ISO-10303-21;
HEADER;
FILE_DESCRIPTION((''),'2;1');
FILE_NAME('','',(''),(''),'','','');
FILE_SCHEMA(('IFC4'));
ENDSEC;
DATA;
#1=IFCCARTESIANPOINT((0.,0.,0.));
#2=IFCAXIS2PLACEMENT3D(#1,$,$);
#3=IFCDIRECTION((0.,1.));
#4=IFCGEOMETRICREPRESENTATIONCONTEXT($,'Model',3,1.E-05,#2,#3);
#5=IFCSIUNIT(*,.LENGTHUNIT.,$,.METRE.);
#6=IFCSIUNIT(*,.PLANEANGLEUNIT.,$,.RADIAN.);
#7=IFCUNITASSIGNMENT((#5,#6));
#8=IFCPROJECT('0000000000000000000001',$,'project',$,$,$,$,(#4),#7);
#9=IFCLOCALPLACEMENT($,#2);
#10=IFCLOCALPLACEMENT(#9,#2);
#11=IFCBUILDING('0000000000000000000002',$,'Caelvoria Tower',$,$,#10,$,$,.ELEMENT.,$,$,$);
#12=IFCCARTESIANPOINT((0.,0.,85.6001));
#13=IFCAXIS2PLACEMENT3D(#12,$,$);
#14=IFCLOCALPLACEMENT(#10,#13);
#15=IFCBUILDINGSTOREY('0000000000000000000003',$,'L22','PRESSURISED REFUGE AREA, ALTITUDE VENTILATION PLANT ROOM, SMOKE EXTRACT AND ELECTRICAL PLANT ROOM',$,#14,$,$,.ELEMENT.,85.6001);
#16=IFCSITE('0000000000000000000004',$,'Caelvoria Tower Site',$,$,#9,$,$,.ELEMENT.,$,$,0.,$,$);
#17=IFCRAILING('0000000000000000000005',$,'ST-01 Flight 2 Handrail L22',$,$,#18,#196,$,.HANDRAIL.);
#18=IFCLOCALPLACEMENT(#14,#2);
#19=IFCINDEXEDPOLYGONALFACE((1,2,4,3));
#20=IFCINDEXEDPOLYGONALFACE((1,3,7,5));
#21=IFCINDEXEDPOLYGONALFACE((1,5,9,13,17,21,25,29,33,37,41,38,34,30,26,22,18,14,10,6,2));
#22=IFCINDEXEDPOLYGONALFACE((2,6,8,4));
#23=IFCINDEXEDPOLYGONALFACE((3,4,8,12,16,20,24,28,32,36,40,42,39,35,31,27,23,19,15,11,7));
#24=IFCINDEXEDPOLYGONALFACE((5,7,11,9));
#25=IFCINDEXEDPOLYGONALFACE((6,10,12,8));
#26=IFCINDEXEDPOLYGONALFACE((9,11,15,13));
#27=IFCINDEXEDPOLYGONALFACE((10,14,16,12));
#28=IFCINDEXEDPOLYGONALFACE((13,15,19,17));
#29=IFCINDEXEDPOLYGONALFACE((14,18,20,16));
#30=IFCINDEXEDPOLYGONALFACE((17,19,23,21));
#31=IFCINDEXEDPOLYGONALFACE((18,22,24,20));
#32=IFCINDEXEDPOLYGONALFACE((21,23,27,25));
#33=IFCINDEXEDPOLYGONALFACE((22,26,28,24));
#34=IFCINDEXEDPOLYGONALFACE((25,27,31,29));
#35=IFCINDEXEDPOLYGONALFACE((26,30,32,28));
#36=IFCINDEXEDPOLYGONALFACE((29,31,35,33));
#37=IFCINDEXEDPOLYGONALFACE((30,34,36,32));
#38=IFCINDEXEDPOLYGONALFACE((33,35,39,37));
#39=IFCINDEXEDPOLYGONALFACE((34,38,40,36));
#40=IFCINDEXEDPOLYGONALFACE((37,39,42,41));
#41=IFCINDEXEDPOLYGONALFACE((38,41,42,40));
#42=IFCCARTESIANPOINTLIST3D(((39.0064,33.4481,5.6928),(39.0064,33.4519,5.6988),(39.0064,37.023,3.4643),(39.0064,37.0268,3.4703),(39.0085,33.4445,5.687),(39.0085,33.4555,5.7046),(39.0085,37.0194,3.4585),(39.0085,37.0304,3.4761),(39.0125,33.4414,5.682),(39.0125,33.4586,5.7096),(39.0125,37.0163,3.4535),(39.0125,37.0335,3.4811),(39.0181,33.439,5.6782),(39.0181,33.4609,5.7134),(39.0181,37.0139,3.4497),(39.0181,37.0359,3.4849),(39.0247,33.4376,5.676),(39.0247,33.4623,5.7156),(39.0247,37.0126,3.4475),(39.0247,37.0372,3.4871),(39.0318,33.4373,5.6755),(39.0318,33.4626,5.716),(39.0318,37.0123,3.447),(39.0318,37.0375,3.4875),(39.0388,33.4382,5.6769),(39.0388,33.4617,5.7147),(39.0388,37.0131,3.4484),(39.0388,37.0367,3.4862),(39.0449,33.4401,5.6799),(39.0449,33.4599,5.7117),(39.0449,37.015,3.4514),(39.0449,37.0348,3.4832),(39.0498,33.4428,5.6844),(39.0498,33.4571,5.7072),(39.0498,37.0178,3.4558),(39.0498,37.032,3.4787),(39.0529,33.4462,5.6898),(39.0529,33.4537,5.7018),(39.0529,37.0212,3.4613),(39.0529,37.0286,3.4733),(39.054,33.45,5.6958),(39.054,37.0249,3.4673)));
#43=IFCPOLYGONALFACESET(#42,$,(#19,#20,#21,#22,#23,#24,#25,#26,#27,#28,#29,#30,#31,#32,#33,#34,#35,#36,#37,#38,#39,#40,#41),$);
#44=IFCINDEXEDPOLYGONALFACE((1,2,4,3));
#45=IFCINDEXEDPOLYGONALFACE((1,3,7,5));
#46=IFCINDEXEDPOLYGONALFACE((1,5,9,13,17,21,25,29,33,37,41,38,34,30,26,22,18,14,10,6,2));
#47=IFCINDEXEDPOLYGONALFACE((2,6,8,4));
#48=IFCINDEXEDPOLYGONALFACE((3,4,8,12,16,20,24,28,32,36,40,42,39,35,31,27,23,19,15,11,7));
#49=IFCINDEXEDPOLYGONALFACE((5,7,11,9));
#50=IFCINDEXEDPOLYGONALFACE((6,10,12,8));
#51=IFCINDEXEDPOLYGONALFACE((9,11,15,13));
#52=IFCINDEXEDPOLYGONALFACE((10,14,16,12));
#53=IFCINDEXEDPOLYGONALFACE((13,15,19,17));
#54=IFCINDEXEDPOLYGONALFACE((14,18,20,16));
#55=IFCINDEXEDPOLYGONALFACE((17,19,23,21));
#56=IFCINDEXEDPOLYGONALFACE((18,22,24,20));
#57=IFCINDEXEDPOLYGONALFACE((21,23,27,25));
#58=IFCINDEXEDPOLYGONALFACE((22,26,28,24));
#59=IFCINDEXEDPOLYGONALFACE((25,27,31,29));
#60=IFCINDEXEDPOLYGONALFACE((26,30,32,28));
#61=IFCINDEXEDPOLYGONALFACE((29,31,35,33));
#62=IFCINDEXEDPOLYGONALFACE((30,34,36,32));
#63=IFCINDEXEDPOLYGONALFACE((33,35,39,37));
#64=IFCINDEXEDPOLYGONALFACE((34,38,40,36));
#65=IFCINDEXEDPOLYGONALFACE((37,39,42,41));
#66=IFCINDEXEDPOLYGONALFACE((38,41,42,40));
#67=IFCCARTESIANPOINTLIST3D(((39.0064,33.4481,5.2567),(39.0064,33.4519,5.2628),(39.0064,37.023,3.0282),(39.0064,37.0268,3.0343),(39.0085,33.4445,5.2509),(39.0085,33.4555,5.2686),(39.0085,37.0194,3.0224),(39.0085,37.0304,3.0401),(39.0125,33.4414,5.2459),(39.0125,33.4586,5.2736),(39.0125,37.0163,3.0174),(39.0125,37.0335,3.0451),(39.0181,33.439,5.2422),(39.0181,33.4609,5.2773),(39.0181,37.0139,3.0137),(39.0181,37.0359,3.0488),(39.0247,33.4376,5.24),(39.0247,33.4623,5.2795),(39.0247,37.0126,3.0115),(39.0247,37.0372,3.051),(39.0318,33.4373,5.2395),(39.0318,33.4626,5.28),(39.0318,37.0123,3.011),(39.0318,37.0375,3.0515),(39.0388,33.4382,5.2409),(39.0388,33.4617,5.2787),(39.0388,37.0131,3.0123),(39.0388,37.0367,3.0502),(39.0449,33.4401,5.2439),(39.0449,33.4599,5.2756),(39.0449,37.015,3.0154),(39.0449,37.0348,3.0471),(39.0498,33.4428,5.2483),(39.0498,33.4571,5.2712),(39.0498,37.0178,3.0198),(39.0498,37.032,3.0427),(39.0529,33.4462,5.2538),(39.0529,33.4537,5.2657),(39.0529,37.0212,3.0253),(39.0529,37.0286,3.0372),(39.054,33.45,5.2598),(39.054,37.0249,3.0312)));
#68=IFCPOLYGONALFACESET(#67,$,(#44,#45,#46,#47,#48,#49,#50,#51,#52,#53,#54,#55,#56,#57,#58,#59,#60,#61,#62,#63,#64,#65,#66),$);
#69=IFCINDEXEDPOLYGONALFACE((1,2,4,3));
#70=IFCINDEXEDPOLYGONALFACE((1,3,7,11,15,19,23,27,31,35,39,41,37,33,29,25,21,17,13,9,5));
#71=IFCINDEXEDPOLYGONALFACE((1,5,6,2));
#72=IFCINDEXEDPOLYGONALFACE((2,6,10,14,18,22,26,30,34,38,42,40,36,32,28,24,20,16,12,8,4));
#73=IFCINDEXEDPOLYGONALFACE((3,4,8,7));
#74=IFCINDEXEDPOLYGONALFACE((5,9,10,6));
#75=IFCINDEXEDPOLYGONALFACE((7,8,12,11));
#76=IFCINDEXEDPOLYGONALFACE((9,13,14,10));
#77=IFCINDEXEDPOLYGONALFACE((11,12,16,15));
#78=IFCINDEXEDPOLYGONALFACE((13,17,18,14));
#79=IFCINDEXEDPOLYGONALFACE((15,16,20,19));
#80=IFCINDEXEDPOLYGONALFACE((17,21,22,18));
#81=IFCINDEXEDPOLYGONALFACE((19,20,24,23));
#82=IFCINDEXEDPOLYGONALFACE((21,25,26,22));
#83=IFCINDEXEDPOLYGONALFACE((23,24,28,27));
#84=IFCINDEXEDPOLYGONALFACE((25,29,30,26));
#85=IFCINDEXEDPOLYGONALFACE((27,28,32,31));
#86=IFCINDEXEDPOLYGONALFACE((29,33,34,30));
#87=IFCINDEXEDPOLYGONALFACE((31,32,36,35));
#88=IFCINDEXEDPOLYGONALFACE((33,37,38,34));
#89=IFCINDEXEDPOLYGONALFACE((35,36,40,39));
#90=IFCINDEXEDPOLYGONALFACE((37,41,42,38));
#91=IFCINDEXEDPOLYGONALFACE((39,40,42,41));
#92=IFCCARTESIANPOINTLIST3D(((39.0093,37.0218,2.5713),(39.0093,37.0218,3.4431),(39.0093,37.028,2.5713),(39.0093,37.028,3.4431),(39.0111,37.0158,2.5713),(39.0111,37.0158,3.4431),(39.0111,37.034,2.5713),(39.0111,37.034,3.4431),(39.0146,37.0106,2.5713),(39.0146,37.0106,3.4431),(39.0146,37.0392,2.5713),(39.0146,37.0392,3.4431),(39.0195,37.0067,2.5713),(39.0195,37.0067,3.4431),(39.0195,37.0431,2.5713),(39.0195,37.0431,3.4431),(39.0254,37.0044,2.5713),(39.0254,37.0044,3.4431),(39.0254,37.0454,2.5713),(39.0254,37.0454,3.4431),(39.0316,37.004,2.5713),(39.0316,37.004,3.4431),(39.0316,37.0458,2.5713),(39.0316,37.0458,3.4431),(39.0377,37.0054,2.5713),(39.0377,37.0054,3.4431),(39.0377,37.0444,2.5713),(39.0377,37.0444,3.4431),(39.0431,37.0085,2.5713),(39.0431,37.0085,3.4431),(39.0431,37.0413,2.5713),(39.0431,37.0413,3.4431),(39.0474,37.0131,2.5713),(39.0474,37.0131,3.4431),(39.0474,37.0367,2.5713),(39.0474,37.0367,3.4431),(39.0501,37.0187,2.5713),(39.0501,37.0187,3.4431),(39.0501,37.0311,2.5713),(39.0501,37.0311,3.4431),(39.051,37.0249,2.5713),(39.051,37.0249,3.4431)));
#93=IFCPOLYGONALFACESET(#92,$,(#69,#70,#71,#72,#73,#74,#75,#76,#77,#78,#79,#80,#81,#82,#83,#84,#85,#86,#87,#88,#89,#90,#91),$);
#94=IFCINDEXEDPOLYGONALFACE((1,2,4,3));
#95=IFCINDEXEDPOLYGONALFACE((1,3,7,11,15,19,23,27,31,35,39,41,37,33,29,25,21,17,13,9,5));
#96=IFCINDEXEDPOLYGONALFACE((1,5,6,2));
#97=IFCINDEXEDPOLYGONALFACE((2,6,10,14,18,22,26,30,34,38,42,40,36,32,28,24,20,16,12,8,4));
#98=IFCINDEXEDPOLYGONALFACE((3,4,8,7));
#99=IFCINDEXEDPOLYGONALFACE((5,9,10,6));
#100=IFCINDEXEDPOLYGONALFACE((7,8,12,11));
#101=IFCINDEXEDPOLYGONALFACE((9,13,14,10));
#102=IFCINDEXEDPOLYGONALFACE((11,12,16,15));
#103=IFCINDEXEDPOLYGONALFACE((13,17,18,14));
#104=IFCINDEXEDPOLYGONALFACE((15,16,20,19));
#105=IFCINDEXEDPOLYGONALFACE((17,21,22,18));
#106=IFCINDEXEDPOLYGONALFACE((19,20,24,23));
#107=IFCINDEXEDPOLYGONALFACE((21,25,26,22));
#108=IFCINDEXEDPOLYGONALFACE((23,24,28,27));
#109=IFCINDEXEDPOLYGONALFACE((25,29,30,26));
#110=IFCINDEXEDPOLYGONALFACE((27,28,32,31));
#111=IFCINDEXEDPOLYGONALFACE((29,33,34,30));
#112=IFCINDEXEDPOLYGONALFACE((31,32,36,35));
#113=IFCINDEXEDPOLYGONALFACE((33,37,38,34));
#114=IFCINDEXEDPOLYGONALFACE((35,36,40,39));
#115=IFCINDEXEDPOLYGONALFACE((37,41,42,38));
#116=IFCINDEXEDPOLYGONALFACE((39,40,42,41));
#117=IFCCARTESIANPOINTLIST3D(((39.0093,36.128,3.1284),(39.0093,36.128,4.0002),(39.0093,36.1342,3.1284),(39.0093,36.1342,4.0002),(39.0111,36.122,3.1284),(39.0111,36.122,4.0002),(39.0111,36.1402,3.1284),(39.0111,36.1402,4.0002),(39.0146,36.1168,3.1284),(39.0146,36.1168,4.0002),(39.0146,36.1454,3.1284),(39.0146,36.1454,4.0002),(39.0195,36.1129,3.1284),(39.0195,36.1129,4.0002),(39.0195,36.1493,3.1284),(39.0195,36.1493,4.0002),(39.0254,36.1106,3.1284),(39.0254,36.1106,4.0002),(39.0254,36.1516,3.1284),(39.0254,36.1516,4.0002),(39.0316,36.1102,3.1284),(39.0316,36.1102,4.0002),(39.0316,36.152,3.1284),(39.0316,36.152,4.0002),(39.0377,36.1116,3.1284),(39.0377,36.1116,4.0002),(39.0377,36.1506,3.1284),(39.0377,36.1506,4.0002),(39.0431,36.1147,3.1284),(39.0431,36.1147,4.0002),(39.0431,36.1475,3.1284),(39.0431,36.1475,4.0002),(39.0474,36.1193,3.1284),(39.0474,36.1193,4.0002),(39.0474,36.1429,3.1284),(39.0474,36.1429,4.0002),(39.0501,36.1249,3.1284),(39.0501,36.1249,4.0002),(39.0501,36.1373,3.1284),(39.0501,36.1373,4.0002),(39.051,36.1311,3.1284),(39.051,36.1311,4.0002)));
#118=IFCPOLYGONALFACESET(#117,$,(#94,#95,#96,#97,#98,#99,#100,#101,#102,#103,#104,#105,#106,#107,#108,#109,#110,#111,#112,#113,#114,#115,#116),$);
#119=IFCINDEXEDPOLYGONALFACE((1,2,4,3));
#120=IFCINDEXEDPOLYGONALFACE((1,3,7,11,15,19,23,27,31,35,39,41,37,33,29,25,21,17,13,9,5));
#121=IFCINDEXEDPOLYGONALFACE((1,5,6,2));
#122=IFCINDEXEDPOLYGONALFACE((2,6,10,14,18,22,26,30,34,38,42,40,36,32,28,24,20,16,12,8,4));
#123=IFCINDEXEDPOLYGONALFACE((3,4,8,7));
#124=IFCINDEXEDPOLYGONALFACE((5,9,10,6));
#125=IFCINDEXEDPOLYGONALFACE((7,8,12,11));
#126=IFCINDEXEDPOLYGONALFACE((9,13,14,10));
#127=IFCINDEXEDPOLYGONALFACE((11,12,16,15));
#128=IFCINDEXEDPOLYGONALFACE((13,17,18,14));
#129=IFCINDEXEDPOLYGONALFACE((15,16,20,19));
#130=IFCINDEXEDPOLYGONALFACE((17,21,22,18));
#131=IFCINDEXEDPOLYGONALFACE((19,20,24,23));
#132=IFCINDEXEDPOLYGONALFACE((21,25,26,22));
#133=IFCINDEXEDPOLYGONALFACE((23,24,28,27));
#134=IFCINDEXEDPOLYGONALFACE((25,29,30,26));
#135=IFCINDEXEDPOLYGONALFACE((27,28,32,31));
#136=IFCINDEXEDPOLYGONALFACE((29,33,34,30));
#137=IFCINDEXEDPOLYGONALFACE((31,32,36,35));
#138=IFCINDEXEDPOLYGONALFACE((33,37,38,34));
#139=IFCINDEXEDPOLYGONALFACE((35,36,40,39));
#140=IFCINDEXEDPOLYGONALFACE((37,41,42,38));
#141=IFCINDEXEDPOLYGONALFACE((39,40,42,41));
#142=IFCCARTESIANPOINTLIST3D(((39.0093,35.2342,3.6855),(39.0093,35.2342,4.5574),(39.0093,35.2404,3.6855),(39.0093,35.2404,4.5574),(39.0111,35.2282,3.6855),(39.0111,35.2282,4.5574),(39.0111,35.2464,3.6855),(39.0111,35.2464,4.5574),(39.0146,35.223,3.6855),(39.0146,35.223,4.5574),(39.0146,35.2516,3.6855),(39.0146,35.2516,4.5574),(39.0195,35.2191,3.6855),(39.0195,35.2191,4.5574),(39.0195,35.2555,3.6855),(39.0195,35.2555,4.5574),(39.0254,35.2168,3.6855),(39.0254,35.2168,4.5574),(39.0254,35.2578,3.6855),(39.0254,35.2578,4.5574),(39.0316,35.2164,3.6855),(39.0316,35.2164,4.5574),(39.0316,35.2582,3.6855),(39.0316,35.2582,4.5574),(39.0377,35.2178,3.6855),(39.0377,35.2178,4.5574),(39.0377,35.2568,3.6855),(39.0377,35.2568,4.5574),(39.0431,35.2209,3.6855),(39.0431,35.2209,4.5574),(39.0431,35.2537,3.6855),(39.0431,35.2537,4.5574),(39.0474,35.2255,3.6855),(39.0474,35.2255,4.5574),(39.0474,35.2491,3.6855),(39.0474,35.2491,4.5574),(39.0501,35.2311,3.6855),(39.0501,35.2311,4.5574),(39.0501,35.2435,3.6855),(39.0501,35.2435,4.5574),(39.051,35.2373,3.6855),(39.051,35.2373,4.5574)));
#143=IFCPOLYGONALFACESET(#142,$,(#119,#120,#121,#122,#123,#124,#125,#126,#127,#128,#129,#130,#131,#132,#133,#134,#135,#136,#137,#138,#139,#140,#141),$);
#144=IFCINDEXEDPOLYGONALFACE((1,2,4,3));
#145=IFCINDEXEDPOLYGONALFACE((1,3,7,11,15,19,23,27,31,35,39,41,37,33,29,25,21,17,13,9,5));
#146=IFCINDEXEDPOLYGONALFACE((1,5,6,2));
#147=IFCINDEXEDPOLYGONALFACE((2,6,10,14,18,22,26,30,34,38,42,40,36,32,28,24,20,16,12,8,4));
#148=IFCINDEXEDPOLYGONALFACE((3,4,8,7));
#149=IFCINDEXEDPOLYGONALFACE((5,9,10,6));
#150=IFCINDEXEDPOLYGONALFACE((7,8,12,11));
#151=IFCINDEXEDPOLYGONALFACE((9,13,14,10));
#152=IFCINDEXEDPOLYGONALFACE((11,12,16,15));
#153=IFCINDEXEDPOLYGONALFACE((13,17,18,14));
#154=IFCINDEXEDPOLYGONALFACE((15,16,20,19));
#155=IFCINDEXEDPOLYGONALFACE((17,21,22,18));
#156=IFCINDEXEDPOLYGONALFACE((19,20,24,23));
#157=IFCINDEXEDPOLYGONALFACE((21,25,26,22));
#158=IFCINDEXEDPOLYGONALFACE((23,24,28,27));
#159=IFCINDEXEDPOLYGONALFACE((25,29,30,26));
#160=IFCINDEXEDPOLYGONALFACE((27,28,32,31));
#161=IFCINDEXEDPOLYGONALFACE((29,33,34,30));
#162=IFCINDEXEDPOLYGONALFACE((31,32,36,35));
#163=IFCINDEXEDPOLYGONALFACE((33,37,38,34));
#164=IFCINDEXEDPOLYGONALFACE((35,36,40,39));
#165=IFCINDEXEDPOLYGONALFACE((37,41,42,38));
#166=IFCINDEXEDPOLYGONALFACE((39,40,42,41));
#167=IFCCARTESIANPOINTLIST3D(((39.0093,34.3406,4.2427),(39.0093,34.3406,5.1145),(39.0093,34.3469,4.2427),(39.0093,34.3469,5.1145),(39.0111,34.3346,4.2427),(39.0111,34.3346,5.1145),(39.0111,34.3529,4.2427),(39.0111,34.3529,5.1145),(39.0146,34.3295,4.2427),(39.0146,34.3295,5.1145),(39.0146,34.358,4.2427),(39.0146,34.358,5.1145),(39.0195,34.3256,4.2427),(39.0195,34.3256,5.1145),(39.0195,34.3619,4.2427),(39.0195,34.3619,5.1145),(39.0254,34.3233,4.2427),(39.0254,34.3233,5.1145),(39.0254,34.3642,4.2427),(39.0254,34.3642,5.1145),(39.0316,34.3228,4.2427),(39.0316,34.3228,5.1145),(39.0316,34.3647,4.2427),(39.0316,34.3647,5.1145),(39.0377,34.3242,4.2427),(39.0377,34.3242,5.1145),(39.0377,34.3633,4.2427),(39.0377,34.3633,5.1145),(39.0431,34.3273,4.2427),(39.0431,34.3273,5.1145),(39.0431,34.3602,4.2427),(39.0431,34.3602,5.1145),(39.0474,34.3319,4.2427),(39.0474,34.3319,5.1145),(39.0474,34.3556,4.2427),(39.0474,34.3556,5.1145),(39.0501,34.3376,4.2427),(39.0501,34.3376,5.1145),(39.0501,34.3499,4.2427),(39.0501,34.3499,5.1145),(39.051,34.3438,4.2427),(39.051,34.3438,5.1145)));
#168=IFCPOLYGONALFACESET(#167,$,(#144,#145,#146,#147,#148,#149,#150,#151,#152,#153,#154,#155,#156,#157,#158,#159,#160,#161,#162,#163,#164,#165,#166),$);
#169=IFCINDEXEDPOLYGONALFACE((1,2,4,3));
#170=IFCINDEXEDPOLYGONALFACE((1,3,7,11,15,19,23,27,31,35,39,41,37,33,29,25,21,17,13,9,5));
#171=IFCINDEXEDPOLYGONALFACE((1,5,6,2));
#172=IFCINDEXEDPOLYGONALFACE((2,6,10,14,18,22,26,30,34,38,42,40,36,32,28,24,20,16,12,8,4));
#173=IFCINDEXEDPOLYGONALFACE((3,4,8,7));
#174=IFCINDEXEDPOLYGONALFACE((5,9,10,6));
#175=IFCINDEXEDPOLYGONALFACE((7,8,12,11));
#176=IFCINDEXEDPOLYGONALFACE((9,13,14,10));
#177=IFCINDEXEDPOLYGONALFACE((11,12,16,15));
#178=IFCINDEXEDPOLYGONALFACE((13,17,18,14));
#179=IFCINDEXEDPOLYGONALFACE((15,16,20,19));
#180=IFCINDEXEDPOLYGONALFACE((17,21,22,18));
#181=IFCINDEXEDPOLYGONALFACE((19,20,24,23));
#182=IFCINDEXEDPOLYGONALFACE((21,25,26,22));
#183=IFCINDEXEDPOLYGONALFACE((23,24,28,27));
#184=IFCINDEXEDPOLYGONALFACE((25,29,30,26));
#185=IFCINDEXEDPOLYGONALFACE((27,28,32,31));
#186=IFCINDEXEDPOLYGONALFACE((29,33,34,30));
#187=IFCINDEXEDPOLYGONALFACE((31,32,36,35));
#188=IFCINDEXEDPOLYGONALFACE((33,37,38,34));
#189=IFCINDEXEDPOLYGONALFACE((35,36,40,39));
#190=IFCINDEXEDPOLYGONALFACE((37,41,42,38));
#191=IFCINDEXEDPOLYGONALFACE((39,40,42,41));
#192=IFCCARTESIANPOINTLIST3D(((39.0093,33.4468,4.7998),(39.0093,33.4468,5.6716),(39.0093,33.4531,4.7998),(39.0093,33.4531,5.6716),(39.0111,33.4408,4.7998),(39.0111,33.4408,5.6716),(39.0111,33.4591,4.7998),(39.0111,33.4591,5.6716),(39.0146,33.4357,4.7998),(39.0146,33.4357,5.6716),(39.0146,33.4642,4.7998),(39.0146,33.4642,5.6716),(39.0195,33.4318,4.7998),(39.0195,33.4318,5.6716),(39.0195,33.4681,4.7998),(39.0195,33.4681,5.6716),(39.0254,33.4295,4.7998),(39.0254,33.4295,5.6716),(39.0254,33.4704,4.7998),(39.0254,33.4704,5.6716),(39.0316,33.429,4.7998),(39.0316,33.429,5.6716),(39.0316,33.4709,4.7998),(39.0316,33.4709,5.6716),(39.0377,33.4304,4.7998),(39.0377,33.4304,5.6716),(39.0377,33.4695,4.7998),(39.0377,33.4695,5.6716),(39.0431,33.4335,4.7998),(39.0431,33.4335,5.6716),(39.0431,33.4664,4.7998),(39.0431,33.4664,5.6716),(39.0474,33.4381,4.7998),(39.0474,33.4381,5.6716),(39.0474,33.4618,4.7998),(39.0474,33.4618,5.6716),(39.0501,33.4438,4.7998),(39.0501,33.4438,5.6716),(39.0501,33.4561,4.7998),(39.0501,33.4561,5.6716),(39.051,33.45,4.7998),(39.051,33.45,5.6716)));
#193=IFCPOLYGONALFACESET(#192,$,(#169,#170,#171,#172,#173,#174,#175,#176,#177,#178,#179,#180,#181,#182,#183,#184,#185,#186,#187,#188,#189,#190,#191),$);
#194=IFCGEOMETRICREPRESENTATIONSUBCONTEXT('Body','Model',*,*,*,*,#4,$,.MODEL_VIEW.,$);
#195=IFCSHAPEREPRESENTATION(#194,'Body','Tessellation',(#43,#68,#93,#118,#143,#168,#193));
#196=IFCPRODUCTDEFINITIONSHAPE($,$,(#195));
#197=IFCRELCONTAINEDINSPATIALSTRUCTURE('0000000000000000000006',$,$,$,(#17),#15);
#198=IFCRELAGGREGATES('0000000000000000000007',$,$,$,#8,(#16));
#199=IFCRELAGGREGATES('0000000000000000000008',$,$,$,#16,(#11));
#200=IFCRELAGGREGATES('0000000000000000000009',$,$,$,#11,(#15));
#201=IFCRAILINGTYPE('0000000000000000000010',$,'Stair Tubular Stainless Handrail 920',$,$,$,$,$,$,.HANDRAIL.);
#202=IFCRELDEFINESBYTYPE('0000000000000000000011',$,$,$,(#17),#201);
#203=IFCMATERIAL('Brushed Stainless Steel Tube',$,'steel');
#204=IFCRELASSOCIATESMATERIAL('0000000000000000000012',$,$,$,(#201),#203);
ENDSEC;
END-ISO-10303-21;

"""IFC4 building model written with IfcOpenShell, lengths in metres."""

from ifc_helpers import new_model, si_unit, direction, frame, origin, origin_2d, place, context, subcontext, project, spatial, circle, extrude, material, type_object, element, save


model = new_model("IFC4")

# Units and contexts
model_context = context("Model", 3, precision=1e-05, world=origin(), true_north=direction((0.0, 1.0)))
body_context = subcontext(model_context, "Body", "Model", "MODEL_VIEW")
ifc_project = project(units=[si_unit("LENGTHUNIT", "METRE"), si_unit("PLANEANGLEUNIT", "RADIAN")], contexts=[model_context])

# Site, building, storey
site_placement = place(None, origin())
site = spatial("IfcSite", under=ifc_project, at=site_placement, Name="Caelvoria Tower Site", CompositionType="ELEMENT", RefElevation=0.0)
building_placement = place(site_placement, origin())
building = spatial("IfcBuilding", under=site, at=building_placement, Name="Caelvoria Tower", CompositionType="ELEMENT")
storey_placement = place(building_placement, frame((0.0, 0.0, 85.6001)))
storey = spatial("IfcBuildingStorey", under=building, at=storey_placement, Name="L22", Description="PRESSURISED REFUGE AREA, ALTITUDE VENTILATION PLANT ROOM, SMOKE EXTRACT AND ELECTRICAL PLANT ROOM", CompositionType="ELEMENT", Elevation=85.6001)

# Railing
ifc_material_1 = material(Name="Brushed Stainless Steel Tube", Category="steel")
railing_type_1 = type_object("IfcRailingType", Name="Stair Tubular Stainless Handrail 920", PredefinedType="HANDRAIL", material=ifc_material_1)
railing_1_placement = place(storey_placement, frame((39.03, 37.0249, 2.5713)))
element("IfcRailing", 1, at=railing_1_placement, inside=storey, type_object=railing_type_1, Name="ST-01 Flight 2 Handrail L22", PredefinedType="HANDRAIL", context=body_context, shape_type="SweptSolid", body=[
    extrude(circle(Radius=0.0239, at=origin_2d()), frame((0.0, 0.0, 0.896), z_axis=(0.0, -0.84862, 0.529004), x_axis=(1.0, 0.0, 0.0)), (0.0, 0.0, 1.0), 4.2126),
    extrude(circle(Radius=0.0239, at=origin_2d()), frame((0.0, 0.0, 0.46), z_axis=(0.0, -0.84862, 0.529004), x_axis=(1.0, 0.0, 0.0)), (0.0, 0.0, 1.0), 4.2126),
    extrude(circle(Radius=0.021, at=origin_2d()), origin(), (0.0, 0.0, 1.0), 0.8718),
    extrude(circle(Radius=0.021, at=origin_2d()), frame((0.0, -0.8938, 0.5571)), (0.0, 0.0, 1.0), 0.8718),
    extrude(circle(Radius=0.021, at=origin_2d()), frame((0.0, -1.7876, 1.1143)), (0.0, 0.0, 1.0), 0.8718),
    extrude(circle(Radius=0.021, at=origin_2d()), frame((0.0, -2.6812, 1.6714)), (0.0, 0.0, 1.0), 0.8718),
    extrude(circle(Radius=0.021, at=origin_2d()), frame((0.0, -3.575, 2.2285)), (0.0, 0.0, 1.0), 0.8718),
])

save(model, "model.ifc")
